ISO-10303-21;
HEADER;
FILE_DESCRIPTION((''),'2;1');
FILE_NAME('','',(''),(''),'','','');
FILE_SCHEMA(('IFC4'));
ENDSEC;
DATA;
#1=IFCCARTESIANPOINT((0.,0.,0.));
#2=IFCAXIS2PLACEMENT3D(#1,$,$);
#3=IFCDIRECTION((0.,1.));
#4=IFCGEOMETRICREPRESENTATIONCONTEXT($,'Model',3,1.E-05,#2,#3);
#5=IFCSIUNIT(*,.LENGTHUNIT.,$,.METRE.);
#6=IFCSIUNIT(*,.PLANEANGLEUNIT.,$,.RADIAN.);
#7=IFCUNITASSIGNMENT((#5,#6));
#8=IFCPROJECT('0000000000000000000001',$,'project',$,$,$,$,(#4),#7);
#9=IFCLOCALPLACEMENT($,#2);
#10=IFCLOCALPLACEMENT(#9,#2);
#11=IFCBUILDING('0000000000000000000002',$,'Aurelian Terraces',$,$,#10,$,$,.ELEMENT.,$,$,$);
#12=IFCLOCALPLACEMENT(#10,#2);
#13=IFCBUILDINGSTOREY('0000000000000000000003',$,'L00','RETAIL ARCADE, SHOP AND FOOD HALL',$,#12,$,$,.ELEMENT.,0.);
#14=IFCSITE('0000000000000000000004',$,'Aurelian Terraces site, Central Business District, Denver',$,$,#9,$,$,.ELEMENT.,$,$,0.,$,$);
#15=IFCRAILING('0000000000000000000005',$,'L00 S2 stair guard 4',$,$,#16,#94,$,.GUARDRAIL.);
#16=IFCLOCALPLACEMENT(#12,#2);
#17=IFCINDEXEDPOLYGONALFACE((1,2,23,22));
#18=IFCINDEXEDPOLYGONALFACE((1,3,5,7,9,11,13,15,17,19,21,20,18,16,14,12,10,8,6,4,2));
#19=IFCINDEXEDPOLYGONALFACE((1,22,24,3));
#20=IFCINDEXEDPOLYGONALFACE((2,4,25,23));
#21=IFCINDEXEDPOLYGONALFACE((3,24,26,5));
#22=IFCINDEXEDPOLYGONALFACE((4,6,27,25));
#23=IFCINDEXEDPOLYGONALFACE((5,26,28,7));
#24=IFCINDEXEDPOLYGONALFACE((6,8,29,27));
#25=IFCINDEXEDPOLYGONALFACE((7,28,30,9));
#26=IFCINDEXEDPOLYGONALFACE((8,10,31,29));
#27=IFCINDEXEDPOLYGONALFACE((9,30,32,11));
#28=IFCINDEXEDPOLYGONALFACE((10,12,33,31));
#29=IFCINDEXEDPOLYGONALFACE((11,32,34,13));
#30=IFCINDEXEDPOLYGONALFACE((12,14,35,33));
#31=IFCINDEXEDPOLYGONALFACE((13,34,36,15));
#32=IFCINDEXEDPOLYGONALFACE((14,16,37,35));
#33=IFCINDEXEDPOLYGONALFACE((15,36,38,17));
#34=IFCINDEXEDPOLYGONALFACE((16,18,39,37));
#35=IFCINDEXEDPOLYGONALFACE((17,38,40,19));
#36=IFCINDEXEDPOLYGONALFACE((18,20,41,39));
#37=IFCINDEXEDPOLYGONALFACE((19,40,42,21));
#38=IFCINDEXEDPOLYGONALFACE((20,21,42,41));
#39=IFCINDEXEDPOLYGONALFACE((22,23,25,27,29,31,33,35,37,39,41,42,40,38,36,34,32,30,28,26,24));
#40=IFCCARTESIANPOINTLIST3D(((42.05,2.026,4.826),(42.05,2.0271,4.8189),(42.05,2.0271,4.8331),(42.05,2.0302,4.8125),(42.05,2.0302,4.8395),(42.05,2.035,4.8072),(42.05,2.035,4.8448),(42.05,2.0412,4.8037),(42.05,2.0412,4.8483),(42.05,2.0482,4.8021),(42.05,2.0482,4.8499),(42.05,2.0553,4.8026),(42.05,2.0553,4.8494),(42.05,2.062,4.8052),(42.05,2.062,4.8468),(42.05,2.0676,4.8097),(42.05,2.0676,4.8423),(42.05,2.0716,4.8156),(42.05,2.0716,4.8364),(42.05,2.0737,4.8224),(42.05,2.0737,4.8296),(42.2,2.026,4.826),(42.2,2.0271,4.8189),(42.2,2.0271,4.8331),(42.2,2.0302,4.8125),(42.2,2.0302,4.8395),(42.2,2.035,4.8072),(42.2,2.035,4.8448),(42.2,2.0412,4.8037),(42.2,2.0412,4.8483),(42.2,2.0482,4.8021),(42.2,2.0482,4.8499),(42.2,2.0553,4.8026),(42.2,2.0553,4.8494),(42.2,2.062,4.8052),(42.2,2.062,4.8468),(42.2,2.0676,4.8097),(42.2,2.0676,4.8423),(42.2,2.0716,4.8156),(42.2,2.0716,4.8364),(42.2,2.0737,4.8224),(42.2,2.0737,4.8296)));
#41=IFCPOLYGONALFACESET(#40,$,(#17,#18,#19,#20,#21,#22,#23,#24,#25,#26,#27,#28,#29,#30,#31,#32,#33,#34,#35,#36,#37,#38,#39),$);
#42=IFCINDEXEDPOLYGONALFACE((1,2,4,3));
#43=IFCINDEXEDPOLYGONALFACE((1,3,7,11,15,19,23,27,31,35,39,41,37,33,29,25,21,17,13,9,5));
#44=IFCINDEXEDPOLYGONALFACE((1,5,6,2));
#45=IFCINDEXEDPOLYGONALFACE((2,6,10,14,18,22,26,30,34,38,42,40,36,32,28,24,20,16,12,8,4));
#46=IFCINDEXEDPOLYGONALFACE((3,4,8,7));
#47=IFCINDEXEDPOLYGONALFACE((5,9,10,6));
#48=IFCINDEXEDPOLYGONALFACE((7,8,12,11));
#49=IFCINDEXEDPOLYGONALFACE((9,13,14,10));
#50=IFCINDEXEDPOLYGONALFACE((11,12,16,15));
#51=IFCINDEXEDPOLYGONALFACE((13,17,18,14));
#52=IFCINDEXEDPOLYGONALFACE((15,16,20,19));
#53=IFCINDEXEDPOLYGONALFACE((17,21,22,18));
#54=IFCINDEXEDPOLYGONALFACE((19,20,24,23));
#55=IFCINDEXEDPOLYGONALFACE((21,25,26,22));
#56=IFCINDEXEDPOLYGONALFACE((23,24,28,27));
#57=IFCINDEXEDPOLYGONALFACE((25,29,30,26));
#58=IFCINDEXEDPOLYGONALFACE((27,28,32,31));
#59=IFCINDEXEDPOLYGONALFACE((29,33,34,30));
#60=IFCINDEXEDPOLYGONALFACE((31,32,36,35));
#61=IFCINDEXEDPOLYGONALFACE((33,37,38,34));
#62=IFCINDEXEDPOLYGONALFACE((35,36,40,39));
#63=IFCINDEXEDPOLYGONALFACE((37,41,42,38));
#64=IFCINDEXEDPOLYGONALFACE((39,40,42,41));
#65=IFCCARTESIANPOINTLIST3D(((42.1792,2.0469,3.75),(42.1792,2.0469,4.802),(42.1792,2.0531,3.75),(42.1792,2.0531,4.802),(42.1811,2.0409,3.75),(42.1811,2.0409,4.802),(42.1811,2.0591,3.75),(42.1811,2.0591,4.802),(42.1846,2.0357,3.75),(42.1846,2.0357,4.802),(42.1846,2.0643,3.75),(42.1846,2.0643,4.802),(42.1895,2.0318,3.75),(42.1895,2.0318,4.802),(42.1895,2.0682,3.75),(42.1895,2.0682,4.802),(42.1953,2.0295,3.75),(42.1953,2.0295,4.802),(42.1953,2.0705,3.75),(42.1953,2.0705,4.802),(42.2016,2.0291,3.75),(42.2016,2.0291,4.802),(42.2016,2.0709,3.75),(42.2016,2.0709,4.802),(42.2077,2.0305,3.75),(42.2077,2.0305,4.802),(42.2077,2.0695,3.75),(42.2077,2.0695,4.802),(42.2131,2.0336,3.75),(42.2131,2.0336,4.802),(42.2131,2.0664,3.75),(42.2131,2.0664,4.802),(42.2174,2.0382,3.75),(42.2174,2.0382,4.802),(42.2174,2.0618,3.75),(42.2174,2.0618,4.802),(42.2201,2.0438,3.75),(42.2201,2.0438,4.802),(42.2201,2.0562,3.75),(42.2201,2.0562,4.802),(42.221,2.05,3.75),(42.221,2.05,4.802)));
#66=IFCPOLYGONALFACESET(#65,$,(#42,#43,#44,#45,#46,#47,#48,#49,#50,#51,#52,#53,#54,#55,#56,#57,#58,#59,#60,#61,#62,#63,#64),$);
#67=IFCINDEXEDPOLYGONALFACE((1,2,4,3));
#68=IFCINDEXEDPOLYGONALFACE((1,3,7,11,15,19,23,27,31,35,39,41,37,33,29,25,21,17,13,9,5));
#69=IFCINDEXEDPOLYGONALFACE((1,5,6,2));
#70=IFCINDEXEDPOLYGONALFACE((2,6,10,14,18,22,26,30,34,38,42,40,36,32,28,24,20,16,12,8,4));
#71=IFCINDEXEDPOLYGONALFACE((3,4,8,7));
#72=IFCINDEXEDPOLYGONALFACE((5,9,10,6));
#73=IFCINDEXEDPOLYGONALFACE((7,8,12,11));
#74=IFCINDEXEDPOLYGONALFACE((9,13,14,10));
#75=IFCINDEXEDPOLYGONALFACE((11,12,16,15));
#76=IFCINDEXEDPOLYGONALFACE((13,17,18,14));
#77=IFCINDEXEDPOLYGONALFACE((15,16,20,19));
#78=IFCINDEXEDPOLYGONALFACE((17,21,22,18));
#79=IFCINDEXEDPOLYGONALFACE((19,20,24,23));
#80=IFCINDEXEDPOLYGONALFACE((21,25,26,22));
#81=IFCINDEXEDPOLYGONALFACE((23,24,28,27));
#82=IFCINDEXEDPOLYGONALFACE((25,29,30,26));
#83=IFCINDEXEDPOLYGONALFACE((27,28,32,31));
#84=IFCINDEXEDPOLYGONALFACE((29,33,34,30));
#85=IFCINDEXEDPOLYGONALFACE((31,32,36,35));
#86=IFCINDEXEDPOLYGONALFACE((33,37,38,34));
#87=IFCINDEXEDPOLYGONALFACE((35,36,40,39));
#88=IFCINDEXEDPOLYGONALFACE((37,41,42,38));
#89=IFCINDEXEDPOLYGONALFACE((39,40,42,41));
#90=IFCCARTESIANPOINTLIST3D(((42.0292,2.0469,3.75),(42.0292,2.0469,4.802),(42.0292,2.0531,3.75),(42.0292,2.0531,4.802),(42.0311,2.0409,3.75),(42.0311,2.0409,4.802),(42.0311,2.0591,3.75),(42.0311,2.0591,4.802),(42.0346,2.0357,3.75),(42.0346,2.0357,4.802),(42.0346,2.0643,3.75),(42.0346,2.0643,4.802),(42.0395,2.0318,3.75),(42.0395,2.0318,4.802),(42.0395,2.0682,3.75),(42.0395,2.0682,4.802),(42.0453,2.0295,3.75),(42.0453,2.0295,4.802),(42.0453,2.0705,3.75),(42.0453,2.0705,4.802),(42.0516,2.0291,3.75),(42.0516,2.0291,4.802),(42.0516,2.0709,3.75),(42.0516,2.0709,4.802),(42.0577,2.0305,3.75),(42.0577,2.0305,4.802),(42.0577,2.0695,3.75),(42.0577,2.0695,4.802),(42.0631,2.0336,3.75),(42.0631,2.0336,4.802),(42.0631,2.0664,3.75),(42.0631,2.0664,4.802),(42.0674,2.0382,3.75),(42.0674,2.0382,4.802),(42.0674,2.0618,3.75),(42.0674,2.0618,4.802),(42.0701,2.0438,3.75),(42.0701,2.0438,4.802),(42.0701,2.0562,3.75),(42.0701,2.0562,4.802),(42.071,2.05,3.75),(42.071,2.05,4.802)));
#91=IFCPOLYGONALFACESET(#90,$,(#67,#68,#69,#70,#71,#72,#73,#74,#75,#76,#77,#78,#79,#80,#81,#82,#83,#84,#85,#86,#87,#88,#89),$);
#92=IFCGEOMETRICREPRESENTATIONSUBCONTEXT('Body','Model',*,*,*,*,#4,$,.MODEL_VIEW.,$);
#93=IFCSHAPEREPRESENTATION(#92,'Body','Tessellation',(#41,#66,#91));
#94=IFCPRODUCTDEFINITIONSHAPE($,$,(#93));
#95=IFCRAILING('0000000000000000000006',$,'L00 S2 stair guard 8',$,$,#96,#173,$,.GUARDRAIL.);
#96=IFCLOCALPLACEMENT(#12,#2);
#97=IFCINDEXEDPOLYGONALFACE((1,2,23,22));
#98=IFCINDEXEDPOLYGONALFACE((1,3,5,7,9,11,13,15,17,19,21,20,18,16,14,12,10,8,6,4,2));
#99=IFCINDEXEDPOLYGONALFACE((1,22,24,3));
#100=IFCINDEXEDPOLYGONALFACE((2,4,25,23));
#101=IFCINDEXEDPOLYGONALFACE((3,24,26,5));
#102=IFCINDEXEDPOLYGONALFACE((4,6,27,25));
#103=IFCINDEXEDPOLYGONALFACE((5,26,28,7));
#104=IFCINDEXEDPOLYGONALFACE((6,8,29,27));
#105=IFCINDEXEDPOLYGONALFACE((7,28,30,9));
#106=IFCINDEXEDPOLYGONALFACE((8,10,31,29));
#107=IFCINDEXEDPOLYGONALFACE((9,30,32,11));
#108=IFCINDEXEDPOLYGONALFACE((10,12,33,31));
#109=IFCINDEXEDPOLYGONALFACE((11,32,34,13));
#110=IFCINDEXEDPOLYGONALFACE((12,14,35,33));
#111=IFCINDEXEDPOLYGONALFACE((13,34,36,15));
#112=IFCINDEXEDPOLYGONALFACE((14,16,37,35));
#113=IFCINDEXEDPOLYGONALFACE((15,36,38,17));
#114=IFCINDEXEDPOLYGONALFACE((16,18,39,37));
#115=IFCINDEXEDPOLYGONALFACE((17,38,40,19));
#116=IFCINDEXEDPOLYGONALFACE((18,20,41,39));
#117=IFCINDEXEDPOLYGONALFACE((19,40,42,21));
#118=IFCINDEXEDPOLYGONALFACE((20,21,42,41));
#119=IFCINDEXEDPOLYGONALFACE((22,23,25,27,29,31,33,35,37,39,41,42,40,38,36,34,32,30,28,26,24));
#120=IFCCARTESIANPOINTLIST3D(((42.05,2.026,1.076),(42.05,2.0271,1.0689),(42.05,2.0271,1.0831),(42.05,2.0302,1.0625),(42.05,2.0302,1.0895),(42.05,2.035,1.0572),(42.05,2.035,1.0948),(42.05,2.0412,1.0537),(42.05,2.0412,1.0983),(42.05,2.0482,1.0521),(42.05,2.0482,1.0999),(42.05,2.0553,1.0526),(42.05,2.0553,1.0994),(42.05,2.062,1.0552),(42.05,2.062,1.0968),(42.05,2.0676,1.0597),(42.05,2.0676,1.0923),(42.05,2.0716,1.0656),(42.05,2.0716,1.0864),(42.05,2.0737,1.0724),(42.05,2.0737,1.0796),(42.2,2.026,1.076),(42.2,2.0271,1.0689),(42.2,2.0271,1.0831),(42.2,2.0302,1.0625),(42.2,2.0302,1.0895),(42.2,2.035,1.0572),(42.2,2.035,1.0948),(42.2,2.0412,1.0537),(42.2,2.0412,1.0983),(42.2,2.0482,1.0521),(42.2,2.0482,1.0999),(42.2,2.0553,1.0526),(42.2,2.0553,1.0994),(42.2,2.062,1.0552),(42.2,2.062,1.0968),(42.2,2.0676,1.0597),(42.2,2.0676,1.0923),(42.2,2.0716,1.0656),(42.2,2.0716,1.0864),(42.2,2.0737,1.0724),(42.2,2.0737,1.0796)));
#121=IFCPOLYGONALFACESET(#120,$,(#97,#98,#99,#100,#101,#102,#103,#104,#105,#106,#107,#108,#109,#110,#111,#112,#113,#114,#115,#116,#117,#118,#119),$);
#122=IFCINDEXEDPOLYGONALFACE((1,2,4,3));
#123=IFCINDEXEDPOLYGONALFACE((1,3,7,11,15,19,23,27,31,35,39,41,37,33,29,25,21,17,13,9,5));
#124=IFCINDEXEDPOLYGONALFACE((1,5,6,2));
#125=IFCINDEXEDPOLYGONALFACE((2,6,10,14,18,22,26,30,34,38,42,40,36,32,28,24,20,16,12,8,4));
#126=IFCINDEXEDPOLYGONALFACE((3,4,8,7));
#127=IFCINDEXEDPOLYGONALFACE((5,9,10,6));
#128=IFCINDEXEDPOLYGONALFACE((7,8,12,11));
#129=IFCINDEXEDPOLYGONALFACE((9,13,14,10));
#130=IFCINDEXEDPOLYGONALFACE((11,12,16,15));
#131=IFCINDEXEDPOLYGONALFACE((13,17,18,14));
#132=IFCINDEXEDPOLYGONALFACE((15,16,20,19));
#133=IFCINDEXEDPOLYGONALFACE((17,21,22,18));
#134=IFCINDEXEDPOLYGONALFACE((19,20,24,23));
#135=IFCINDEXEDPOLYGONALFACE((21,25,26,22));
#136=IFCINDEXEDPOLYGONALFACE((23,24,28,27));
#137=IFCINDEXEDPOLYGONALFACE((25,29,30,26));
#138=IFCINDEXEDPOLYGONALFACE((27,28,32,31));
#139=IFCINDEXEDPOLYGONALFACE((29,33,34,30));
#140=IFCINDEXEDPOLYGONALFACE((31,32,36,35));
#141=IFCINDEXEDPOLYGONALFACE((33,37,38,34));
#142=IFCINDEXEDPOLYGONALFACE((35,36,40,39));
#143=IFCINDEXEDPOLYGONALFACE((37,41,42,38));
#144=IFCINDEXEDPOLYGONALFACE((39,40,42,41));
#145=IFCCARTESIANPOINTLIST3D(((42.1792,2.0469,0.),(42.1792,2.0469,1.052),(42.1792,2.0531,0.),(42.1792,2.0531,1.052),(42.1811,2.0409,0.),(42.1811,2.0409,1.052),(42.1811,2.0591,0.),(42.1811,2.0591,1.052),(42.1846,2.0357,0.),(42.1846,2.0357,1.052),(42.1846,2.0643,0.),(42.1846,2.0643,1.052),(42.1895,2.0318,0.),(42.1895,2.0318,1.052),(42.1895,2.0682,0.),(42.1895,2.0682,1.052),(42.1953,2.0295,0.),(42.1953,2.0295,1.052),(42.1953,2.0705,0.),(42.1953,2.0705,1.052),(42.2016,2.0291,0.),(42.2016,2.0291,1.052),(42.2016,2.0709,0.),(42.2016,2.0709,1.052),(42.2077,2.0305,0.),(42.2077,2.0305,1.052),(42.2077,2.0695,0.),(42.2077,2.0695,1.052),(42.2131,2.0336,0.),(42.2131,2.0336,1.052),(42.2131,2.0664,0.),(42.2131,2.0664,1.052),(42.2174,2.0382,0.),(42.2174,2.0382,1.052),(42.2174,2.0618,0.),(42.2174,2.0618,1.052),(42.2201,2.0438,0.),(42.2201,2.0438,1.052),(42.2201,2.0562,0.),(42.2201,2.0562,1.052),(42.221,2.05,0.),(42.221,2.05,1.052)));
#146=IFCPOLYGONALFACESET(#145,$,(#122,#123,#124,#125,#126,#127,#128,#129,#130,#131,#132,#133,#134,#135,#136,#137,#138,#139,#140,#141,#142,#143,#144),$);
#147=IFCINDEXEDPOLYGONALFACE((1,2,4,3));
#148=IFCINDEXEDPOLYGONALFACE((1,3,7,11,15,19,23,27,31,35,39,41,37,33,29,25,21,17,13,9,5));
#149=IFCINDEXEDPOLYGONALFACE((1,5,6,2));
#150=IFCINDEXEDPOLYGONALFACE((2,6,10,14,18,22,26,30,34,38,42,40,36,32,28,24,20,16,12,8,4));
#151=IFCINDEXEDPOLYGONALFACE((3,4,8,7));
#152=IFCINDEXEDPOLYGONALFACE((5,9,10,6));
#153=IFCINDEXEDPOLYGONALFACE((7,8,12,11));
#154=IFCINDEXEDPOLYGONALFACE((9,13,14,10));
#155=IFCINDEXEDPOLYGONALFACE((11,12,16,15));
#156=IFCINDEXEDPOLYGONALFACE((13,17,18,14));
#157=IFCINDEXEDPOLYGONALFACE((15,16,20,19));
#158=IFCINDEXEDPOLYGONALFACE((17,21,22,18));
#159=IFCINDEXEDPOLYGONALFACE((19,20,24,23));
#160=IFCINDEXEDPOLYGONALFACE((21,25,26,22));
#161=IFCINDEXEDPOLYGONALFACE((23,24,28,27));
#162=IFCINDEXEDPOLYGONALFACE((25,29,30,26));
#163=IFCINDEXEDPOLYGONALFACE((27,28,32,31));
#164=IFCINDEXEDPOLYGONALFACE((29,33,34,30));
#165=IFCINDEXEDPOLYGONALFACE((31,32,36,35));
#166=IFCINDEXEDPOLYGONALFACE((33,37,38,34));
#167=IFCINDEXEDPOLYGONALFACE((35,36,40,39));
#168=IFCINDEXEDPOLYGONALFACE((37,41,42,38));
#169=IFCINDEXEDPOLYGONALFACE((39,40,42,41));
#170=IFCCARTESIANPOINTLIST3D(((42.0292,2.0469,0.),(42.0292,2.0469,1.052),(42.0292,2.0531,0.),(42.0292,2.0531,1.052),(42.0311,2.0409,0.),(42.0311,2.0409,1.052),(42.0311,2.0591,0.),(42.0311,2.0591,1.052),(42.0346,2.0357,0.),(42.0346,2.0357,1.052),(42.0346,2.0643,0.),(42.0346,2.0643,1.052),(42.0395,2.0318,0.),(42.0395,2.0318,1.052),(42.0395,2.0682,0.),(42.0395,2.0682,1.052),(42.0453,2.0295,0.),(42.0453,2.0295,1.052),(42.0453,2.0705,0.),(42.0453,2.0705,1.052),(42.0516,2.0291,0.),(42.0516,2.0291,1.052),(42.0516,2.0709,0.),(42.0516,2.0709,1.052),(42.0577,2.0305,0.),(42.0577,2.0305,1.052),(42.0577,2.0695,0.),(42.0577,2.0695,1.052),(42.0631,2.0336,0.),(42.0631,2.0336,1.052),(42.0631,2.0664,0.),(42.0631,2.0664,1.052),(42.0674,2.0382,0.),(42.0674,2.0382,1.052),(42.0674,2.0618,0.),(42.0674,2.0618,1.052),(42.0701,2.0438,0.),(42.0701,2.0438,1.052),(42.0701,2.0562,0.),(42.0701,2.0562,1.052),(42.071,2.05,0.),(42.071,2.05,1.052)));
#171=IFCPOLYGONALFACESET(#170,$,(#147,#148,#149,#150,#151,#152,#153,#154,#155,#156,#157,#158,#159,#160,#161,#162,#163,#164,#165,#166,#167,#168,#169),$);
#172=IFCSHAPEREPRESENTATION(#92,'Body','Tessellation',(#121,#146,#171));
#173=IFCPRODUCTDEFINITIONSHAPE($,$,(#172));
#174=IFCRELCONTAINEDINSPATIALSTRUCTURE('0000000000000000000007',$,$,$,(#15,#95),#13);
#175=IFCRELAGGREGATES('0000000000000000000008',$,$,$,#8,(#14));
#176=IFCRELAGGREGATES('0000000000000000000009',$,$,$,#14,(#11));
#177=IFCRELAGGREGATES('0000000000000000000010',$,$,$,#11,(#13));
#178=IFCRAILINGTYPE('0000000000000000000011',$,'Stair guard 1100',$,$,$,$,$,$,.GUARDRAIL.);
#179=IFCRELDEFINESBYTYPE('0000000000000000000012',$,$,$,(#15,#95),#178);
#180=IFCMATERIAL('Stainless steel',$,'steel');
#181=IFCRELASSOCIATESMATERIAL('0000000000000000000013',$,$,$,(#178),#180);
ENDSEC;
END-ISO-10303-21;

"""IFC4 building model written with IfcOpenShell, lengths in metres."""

from ifc_helpers import new_model, si_unit, direction, frame, origin, origin_2d, place, context, subcontext, project, spatial, circle, extrude, source, transform, mapped, material, type_object, element, save


model = new_model("IFC4")

# Units and contexts
model_context = context("Model", 3, precision=1e-05, world=origin(), true_north=direction((0.0, 1.0)))
body_context = subcontext(model_context, "Body", "Model", "MODEL_VIEW")
ifc_project = project(units=[si_unit("LENGTHUNIT", "METRE"), si_unit("PLANEANGLEUNIT", "RADIAN")], contexts=[model_context])

# Site, building, storey
site_placement = place(None, origin())
site = spatial("IfcSite", under=ifc_project, at=site_placement, Name="Aurelian Terraces site, Central Business District, Denver", CompositionType="ELEMENT", RefElevation=0.0)
building_placement = place(site_placement, origin())
building = spatial("IfcBuilding", under=site, at=building_placement, Name="Aurelian Terraces", CompositionType="ELEMENT")
storey_placement = place(building_placement, origin())
storey = spatial("IfcBuildingStorey", under=building, at=storey_placement, Name="L00", Description="RETAIL ARCADE, SHOP AND FOOD HALL", CompositionType="ELEMENT", Elevation=0.0)

# Railings
ifc_material_1 = material(Name="Stainless steel", Category="steel")
railing_type = type_object("IfcRailingType", Name="Stair guard 1100", PredefinedType="GUARDRAIL", material=ifc_material_1)
shared_shape_1 = source(origin(), body_context, "Body", "SweptSolid", [
    extrude(circle(Radius=0.024, at=origin_2d()), frame((0.0, 0.0, 1.076), z_axis=(-1.0, 0.0, 0.0), x_axis=(0.0, -1.0, 0.0)), (0.0, 0.0, 1.0), 0.15),
    extrude(circle(Radius=0.021, at=origin_2d()), origin(), (0.0, 0.0, 1.0), 1.052),
    extrude(circle(Radius=0.021, at=origin_2d()), frame((-0.15, 0.0, 0.0)), (0.0, 0.0, 1.0), 1.052),
])
for number, where, name in (
    (1, (42.2, 2.05, 3.75), "L00 S2 stair guard 4"),
    (2, (42.2, 2.05, 0.0), "L00 S2 stair guard 8"),
):
    element("IfcRailing", number, at=place(storey_placement, frame(where)), inside=storey, type_object=railing_type, Name=name, PredefinedType="GUARDRAIL", context=body_context, shape_type="MappedRepresentation", body=[
        mapped(shared_shape_1, transform((0.0, 0.0, 0.0), scale=1.0)),
    ])

save(model, "model.ifc")
